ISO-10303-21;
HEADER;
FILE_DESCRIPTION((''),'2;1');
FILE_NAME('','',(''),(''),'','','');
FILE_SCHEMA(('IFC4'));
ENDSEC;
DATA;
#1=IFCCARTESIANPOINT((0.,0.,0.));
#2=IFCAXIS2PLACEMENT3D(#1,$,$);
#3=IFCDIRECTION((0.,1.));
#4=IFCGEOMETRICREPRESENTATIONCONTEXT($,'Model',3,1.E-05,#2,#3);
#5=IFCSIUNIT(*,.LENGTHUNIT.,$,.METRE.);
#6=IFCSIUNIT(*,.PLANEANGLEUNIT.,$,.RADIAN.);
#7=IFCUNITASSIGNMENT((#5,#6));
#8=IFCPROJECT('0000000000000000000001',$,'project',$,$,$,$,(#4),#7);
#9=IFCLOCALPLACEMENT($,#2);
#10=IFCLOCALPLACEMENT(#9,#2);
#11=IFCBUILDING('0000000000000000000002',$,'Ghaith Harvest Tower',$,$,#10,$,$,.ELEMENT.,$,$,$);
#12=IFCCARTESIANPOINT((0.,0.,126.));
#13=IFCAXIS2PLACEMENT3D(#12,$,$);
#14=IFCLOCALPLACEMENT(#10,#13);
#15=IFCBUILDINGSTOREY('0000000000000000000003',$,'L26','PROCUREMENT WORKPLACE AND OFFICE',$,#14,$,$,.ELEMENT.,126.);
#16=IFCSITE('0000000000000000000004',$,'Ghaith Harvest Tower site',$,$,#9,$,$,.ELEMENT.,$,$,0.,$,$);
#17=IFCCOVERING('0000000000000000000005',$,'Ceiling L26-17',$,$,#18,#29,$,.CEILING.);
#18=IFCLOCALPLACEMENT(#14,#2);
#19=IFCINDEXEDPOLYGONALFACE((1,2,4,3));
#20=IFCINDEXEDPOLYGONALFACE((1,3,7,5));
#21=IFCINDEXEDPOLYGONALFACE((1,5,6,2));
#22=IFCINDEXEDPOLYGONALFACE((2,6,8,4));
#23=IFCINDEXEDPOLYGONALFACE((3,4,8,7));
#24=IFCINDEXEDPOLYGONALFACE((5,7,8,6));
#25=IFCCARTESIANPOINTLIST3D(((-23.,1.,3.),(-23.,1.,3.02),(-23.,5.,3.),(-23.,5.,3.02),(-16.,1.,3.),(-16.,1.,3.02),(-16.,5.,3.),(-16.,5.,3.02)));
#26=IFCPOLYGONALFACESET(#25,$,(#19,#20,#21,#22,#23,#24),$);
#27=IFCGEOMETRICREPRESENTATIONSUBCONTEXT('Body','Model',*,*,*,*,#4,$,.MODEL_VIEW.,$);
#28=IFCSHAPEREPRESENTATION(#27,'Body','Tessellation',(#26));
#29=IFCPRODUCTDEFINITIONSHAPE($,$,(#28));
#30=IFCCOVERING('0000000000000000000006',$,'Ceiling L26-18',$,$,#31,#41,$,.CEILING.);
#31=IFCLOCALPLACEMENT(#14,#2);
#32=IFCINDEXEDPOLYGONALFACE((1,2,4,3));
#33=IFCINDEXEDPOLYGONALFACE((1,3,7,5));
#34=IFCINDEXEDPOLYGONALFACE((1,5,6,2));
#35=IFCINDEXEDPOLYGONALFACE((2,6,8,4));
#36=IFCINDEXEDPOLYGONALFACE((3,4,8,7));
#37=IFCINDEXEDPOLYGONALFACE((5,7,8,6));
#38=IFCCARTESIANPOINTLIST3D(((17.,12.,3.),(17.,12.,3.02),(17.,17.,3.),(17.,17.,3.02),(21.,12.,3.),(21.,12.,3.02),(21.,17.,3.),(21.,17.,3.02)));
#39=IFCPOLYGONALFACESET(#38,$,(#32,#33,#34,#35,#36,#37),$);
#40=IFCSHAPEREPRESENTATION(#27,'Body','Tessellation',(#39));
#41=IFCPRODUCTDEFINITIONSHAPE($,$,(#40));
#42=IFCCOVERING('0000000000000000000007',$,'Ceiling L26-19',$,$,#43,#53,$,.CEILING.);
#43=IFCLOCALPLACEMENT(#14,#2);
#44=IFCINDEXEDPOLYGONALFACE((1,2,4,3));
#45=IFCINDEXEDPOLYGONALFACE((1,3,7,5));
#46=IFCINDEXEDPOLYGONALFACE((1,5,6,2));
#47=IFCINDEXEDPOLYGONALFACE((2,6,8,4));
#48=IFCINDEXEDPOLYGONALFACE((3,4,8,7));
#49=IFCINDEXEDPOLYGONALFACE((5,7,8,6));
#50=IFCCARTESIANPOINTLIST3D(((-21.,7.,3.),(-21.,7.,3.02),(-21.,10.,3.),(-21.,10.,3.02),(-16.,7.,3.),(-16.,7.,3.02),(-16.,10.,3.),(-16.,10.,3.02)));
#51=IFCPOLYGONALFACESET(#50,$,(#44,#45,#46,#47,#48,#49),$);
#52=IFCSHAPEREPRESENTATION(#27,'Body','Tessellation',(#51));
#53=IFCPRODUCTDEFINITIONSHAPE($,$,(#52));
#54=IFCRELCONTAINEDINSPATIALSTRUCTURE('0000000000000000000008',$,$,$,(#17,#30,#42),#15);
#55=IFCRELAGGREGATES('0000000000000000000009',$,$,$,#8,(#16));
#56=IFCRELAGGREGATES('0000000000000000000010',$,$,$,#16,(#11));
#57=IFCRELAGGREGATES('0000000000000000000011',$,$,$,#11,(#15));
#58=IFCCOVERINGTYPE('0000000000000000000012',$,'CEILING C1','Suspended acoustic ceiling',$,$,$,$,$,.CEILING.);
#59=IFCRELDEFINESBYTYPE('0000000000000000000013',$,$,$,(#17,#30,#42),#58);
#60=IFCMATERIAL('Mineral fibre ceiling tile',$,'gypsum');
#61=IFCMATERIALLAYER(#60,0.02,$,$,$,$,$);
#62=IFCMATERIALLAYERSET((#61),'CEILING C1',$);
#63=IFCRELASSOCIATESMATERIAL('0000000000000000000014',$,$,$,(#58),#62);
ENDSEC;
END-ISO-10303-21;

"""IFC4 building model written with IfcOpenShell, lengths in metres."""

from ifc_helpers import new_model, si_unit, direction, frame, origin, place, context, subcontext, project, spatial, polyline, outline, extrude, material, layer, layer_set, type_object, element, save


model = new_model("IFC4")

# Units and contexts
model_context = context("Model", 3, precision=1e-05, world=origin(), true_north=direction((0.0, 1.0)))
body_context = subcontext(model_context, "Body", "Model", "MODEL_VIEW")
ifc_project = project(units=[si_unit("LENGTHUNIT", "METRE"), si_unit("PLANEANGLEUNIT", "RADIAN")], contexts=[model_context])

# Site, building, storey
site_placement = place(None, origin())
site = spatial("IfcSite", under=ifc_project, at=site_placement, Name="Ghaith Harvest Tower site", CompositionType="ELEMENT", RefElevation=0.0)
building_placement = place(site_placement, origin())
building = spatial("IfcBuilding", under=site, at=building_placement, Name="Ghaith Harvest Tower", CompositionType="ELEMENT")
storey_placement = place(building_placement, frame((0.0, 0.0, 126.0)))
storey = spatial("IfcBuildingStorey", under=building, at=storey_placement, Name="L26", Description="PROCUREMENT WORKPLACE AND OFFICE", CompositionType="ELEMENT", Elevation=126.0)

# Coverings
ifc_material_1 = material(Name="Mineral fibre ceiling tile", Category="gypsum")
ifc_layer_1 = layer(ifc_material_1, 0.02)
ifc_layer_set_1 = layer_set([ifc_layer_1], Name="CEILING C1")
covering_type = type_object("IfcCoveringType", Name="CEILING C1", Description="Suspended acoustic ceiling", PredefinedType="CEILING", material=ifc_layer_set_1)
covering_1_placement = place(storey_placement, frame((0.0, 0.0, 3.0)))
element("IfcCovering", 1, at=covering_1_placement, inside=storey, type_object=covering_type, Name="Ceiling L26-17", PredefinedType="CEILING", context=body_context, shape_type="SweptSolid", body=[
    extrude(outline(polyline([(-23.0, 1.0), (-16.0, 1.0), (-16.0, 5.0), (-23.0, 5.0), (-23.0, 1.0)])), origin(), (0.0, 0.0, 1.0), 0.02),
])
covering_2_placement = place(storey_placement, frame((0.0, 0.0, 3.0)))
element("IfcCovering", 2, at=covering_2_placement, inside=storey, type_object=covering_type, Name="Ceiling L26-18", PredefinedType="CEILING", context=body_context, shape_type="SweptSolid", body=[
    extrude(outline(polyline([(17.0, 12.0), (21.0, 12.0), (21.0, 17.0), (17.0, 17.0), (17.0, 12.0)])), origin(), (0.0, 0.0, 1.0), 0.02),
])
covering_3_placement = place(storey_placement, frame((0.0, 0.0, 3.0)))
element("IfcCovering", 3, at=covering_3_placement, inside=storey, type_object=covering_type, Name="Ceiling L26-19", PredefinedType="CEILING", context=body_context, shape_type="SweptSolid", body=[
    extrude(outline(polyline([(-21.0, 7.0), (-16.0, 7.0), (-16.0, 10.0), (-21.0, 10.0), (-21.0, 7.0)])), origin(), (0.0, 0.0, 1.0), 0.02),
])

save(model, "model.ifc")
